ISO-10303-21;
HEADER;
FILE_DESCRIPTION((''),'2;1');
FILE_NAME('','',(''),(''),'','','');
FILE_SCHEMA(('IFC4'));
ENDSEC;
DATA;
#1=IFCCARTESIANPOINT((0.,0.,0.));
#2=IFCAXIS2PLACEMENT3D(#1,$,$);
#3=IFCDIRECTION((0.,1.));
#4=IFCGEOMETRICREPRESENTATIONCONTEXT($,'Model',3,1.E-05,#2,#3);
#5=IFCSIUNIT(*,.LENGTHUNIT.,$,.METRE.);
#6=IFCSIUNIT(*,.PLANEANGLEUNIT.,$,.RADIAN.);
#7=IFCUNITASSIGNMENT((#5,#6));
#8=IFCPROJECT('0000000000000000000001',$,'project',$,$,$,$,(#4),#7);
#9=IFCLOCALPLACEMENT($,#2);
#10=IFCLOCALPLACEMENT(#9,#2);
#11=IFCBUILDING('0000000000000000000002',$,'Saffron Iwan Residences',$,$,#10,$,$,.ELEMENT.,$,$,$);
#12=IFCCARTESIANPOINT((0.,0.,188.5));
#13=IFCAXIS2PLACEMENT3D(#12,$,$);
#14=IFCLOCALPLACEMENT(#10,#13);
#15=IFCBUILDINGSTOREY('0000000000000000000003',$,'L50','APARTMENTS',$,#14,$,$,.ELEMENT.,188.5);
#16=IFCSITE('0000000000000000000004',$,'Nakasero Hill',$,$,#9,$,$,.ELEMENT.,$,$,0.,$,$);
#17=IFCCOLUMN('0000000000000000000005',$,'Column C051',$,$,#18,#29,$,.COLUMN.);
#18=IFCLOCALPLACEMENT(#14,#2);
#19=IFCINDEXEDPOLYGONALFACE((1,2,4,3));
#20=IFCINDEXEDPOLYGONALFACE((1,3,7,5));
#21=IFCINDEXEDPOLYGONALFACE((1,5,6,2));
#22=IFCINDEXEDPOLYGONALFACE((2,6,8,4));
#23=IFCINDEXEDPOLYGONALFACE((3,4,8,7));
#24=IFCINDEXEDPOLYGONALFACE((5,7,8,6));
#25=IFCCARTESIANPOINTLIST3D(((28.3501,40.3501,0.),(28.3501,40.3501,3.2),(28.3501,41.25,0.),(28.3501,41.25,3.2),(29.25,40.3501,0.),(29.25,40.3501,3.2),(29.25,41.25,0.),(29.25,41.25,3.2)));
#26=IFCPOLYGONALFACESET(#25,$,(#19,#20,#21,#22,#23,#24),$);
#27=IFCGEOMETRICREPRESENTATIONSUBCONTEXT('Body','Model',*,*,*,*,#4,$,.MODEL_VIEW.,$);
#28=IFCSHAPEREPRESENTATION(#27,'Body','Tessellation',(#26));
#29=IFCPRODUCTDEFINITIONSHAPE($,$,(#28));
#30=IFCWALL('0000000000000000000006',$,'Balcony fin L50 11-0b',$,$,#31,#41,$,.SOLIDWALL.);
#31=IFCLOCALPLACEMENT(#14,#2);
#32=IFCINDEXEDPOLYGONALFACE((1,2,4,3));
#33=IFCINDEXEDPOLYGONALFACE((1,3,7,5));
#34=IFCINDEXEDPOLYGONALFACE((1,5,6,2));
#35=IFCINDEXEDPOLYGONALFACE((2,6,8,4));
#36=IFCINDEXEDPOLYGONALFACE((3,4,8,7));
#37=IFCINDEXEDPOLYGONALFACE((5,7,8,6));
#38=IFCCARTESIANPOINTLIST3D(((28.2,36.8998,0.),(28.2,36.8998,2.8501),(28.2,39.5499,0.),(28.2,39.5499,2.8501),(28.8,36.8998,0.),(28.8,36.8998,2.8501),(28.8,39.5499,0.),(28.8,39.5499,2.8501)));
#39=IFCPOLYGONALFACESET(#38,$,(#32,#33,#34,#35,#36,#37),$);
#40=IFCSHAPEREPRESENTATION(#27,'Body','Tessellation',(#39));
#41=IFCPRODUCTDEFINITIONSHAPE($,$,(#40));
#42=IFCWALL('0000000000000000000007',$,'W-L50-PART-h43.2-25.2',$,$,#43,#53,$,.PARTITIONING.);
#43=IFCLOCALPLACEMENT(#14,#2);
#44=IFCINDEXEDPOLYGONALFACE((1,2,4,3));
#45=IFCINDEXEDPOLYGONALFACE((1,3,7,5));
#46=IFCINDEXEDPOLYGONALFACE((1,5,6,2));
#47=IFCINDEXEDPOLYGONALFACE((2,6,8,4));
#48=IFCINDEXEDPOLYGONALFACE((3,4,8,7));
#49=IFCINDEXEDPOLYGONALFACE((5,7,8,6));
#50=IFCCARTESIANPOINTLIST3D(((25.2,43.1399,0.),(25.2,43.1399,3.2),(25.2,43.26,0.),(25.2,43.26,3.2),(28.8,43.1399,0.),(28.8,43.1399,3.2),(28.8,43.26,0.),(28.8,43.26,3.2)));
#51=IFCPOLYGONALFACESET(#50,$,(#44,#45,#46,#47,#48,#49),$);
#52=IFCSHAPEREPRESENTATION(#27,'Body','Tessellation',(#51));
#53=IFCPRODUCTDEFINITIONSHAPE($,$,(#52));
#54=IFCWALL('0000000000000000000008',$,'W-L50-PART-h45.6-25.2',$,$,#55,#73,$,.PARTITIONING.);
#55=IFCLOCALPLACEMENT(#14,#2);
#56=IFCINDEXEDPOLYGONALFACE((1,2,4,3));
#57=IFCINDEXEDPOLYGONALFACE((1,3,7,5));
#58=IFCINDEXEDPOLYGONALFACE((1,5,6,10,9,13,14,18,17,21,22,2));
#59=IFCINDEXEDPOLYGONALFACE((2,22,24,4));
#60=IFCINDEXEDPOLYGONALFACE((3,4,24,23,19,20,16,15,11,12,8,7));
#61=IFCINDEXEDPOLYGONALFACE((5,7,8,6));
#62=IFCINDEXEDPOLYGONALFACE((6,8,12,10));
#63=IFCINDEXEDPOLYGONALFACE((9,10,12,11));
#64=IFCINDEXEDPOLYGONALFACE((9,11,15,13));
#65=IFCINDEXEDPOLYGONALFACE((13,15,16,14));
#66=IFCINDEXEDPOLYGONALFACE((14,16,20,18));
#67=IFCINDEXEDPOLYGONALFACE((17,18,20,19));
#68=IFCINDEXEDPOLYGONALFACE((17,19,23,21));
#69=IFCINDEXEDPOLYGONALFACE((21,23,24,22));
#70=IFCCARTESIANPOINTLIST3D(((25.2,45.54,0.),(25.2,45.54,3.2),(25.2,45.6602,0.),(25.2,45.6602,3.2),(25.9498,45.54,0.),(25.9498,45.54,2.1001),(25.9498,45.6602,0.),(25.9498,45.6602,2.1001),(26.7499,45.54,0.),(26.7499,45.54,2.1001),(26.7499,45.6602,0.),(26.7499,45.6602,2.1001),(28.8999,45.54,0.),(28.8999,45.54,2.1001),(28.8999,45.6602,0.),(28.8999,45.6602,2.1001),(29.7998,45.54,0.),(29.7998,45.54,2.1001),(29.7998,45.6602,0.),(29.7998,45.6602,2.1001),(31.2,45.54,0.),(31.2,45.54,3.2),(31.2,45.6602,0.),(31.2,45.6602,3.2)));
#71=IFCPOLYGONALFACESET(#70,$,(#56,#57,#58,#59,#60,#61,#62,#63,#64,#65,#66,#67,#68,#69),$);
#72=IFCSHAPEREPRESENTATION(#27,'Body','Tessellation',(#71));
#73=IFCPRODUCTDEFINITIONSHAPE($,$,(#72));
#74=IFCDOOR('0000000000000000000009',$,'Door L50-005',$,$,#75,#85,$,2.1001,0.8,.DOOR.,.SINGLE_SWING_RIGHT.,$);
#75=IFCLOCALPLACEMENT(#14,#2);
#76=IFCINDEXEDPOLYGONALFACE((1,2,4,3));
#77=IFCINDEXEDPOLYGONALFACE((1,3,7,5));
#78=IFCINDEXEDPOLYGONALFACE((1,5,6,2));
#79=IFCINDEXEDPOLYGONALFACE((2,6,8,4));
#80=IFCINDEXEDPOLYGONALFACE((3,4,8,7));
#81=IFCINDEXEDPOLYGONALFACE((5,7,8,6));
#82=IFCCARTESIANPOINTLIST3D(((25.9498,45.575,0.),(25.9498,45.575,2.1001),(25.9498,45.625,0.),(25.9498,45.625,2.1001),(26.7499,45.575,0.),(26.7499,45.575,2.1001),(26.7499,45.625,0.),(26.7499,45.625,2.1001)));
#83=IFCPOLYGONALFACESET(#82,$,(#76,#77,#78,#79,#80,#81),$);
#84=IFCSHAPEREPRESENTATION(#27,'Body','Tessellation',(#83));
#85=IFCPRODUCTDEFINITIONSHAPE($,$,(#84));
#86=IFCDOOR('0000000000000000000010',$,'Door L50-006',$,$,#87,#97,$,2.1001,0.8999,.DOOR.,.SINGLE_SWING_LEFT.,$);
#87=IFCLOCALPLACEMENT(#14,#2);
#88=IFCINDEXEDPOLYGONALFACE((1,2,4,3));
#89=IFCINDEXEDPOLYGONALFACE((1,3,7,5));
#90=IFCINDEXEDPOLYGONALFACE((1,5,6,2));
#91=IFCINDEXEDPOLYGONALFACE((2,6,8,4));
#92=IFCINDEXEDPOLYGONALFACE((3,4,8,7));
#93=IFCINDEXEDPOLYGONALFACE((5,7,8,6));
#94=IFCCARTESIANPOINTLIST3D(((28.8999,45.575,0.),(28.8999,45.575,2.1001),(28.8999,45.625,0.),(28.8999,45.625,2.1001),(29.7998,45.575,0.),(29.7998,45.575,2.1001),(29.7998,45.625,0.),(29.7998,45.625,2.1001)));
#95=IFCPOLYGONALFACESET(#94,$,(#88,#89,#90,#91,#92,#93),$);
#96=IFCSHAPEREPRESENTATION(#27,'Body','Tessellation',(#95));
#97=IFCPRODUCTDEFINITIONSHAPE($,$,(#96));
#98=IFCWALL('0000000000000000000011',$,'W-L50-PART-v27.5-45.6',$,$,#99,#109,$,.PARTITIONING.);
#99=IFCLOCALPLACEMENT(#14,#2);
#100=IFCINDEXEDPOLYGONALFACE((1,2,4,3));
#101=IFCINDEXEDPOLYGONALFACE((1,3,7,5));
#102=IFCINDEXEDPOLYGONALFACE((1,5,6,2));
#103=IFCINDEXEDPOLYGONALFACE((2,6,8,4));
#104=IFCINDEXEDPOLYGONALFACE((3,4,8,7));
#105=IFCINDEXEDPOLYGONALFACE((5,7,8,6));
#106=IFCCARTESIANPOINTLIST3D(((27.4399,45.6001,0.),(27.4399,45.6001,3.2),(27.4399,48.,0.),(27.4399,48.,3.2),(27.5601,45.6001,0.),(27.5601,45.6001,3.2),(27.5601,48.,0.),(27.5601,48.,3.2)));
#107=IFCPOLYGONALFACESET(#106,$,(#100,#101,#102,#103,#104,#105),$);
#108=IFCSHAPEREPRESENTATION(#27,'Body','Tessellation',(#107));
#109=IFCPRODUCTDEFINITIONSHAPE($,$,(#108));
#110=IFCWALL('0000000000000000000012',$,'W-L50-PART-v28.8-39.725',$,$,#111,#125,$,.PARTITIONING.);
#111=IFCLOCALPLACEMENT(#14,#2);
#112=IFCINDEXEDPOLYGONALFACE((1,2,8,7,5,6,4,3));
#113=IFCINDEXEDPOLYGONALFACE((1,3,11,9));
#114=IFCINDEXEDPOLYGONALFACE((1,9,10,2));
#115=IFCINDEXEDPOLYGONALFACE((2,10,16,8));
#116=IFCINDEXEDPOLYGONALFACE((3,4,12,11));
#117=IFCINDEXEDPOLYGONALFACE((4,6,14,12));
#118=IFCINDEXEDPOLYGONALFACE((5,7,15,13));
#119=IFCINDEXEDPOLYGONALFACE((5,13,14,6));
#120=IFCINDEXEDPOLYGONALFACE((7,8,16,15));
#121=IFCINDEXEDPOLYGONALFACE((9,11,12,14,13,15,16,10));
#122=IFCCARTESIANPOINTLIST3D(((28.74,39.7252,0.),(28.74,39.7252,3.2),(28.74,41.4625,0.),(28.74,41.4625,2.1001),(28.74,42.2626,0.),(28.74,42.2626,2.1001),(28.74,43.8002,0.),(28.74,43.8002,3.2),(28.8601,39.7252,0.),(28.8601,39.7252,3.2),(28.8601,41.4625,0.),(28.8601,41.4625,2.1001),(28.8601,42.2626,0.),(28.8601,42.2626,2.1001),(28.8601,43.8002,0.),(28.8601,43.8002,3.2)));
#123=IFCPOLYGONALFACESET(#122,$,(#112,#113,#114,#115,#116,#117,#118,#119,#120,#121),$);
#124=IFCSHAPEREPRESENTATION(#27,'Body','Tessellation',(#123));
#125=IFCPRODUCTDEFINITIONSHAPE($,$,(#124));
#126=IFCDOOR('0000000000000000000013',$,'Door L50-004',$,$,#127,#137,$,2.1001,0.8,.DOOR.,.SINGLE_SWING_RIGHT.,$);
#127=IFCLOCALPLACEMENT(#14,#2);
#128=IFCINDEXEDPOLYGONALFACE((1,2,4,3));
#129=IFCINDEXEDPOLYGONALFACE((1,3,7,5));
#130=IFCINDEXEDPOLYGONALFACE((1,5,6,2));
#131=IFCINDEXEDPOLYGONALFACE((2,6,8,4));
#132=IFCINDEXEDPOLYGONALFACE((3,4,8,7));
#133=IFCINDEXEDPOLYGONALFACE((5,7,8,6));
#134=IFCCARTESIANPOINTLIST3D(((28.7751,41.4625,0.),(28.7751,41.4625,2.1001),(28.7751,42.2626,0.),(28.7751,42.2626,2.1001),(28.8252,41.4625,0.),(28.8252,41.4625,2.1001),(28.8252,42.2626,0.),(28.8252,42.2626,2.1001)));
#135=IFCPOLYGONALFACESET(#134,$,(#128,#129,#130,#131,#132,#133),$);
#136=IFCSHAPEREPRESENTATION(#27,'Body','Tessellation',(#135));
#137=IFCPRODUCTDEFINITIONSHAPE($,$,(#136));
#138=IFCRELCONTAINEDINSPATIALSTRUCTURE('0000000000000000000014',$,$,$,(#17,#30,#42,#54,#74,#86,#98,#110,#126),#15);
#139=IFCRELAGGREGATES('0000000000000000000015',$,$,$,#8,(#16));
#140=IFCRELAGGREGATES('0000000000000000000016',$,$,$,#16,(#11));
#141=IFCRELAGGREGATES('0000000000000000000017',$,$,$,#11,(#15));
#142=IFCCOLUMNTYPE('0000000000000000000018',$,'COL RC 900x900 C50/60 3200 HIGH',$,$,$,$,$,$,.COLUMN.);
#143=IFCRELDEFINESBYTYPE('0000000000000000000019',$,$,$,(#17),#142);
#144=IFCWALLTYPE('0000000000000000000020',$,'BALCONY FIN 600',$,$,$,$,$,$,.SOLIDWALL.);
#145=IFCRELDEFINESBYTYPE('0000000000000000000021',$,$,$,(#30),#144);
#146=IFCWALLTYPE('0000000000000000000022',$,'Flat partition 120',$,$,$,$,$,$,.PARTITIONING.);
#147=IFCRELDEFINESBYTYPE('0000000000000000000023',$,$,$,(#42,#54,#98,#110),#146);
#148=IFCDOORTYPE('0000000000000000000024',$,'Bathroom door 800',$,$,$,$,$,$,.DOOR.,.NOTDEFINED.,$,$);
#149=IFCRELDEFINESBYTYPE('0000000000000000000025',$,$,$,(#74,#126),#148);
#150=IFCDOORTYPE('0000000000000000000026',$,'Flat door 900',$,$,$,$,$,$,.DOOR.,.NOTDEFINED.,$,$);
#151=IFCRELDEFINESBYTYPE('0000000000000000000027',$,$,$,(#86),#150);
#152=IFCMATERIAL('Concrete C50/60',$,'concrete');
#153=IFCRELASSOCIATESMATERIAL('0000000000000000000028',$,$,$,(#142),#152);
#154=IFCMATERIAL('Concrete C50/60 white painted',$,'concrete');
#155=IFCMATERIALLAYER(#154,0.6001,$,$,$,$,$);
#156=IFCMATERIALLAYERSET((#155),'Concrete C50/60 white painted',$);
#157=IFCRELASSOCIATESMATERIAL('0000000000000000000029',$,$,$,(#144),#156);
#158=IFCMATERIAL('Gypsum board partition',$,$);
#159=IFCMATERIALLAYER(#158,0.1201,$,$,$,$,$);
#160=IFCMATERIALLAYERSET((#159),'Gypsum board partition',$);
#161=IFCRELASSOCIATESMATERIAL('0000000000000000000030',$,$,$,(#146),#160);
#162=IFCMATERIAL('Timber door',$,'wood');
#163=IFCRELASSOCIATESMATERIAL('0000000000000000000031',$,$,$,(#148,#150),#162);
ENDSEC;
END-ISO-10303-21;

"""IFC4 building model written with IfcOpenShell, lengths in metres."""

from ifc_helpers import new_model, si_unit, direction, frame, frame_2d, origin, origin_2d, place, context, subcontext, project, spatial, rectangle, extrude, source, transform, mapped, material, layer, layer_set, material_profile, profile_set, type_object, element, fill, save


model = new_model("IFC4")

# Units and contexts
model_context = context("Model", 3, precision=1e-05, world=origin(), true_north=direction((0.0, 1.0)))
body_context = subcontext(model_context, "Body", "Model", "MODEL_VIEW")
ifc_project = project(units=[si_unit("LENGTHUNIT", "METRE"), si_unit("PLANEANGLEUNIT", "RADIAN")], contexts=[model_context])

# Site, building, storey
site_placement = place(None, origin())
site = spatial("IfcSite", under=ifc_project, at=site_placement, Name="Nakasero Hill", CompositionType="ELEMENT", RefElevation=0.0)
building_placement = place(site_placement, origin())
building = spatial("IfcBuilding", under=site, at=building_placement, Name="Saffron Iwan Residences", CompositionType="ELEMENT")
storey_placement = place(building_placement, frame((0.0, 0.0, 188.5)))
storey = spatial("IfcBuildingStorey", under=building, at=storey_placement, Name="L50", Description="APARTMENTS", CompositionType="ELEMENT", Elevation=188.5)

# Column
ifc_material_1 = material(Name="Concrete C50/60", Category="concrete")
ifc_material_profile = material_profile(ifc_material_1, rectangle(XDim=0.8999, YDim=0.8999, at=origin_2d()), Name="RC 900x900")
ifc_profile_set = profile_set([ifc_material_profile], Name="Concrete C50/60")
column_type = type_object("IfcColumnType", Name="COL RC 900x900 C50/60 3200 HIGH", PredefinedType="COLUMN", material=ifc_profile_set)
shared_shape = source(origin(), body_context, "Body", "SweptSolid", [
    extrude(rectangle(XDim=0.8999, YDim=0.8999, at=origin_2d()), origin(), (0.0, 0.0, 1.0), 3.2),
])
column_placement = place(storey_placement, frame((28.8, 40.8, 0.0), z_axis=(0.0, 0.0, 1.0), x_axis=(1.0, 0.0, 0.0)))
element("IfcColumn", 1, at=column_placement, inside=storey, type_object=column_type, Name="Column C051", PredefinedType="COLUMN", context=body_context, shape_type="MappedRepresentation", body=[
    mapped(shared_shape, transform((0.0, 0.0, 0.0))),
])

# Walls
ifc_material_2 = material(Name="Concrete C50/60 white painted", Category="concrete")
ifc_layer_1 = layer(ifc_material_2, 0.6001)
ifc_layer_set_1 = layer_set([ifc_layer_1], Name="Concrete C50/60 white painted")
wall_type_1 = type_object("IfcWallType", Name="BALCONY FIN 600", PredefinedType="SOLIDWALL", material=ifc_layer_set_1)
wall_1_placement = place(storey_placement, frame((28.5, 39.55, 0.0), z_axis=(0.0, 0.0, 1.0), x_axis=(0.0, -1.0, 0.0)))
element("IfcWall", 2, at=wall_1_placement, inside=storey, type_object=wall_type_1, Name="Balcony fin L50 11-0b", PredefinedType="SOLIDWALL", context=body_context, shape_type="SweptSolid", body=[
    extrude(rectangle(XDim=2.6501, YDim=0.6001, at=frame_2d((1.3252, 0.0))), origin(), (0.0, 0.0, 1.0), 2.8501),
])
ifc_material_3 = material(Name="Gypsum board partition")
ifc_layer_2 = layer(ifc_material_3, 0.1201)
ifc_layer_set_2 = layer_set([ifc_layer_2], Name="Gypsum board partition")
wall_type_2 = type_object("IfcWallType", Name="Flat partition 120", PredefinedType="PARTITIONING", material=ifc_layer_set_2)
wall_2_placement = place(storey_placement, frame((25.2, 43.2, 0.0), z_axis=(0.0, 0.0, 1.0), x_axis=(1.0, 0.0, 0.0)))
element("IfcWall", 3, at=wall_2_placement, inside=storey, type_object=wall_type_2, Name="W-L50-PART-h43.2-25.2", PredefinedType="PARTITIONING", context=body_context, shape_type="SweptSolid", body=[
    extrude(rectangle(XDim=3.6001, YDim=0.1201, at=frame_2d((1.8, 0.0))), origin(), (0.0, 0.0, 1.0), 3.2),
])

# Wall, openings, doors
wall_3_placement = place(storey_placement, frame((25.2, 45.6001, 0.0), z_axis=(0.0, 0.0, 1.0), x_axis=(1.0, 0.0, 0.0)))
wall_3 = element("IfcWall", 4, at=wall_3_placement, inside=storey, type_object=wall_type_2, Name="W-L50-PART-h45.6-25.2", PredefinedType="PARTITIONING", context=body_context, shape_type="SweptSolid", body=[
    extrude(rectangle(XDim=6.0, YDim=0.1201, at=frame_2d((3.0, 0.0))), origin(), (0.0, 0.0, 1.0), 3.2),
])
opening_1_placement = place(wall_3_placement, frame((0.75, 0.0, 0.0)))
opening_1 = element("IfcOpeningElement", 5, at=opening_1_placement, cuts=wall_3, PredefinedType="OPENING", context=body_context, shape_type="SweptSolid", body=[
    extrude(rectangle(XDim=0.8, YDim=2.1001, at=frame_2d((0.3999, 1.05))), frame((0.0, 0.0701, 0.0), z_axis=(0.0, -1.0, 0.0), x_axis=(1.0, 0.0, 0.0)), (0.0, 0.0, 1.0), 0.1401),
])
opening_2_placement = place(wall_3_placement, frame((3.7, 0.0, 0.0)))
opening_2 = element("IfcOpeningElement", 6, at=opening_2_placement, cuts=wall_3, PredefinedType="OPENING", context=body_context, shape_type="SweptSolid", body=[
    extrude(rectangle(XDim=0.8999, YDim=2.1001, at=frame_2d((0.45, 1.05))), frame((0.0, 0.0701, 0.0), z_axis=(0.0, -1.0, 0.0), x_axis=(1.0, 0.0, 0.0)), (0.0, 0.0, 1.0), 0.1401),
])
ifc_material_4 = material(Name="Timber door", Category="wood")
door_type_1 = type_object("IfcDoorType", Name="Bathroom door 800", OperationType="NOTDEFINED", PredefinedType="DOOR", material=ifc_material_4)
door_1_placement = place(opening_1_placement, origin())
door_1 = element("IfcDoor", 7, at=door_1_placement, inside=storey, type_object=door_type_1, Name="Door L50-005", OperationType="SINGLE_SWING_RIGHT", OverallHeight=2.1001, OverallWidth=0.8, PredefinedType="DOOR", context=body_context, shape_type="SweptSolid", body=[
    extrude(rectangle(XDim=0.8, YDim=2.1001, at=frame_2d((0.3999, 1.05))), frame((0.0, 0.0249, 0.0), z_axis=(0.0, -1.0, 0.0), x_axis=(1.0, 0.0, 0.0)), (0.0, 0.0, 1.0), 0.05),
])
fill(opening_1, door_1)
door_type_2 = type_object("IfcDoorType", Name="Flat door 900", OperationType="NOTDEFINED", PredefinedType="DOOR", material=ifc_material_4)
door_2_placement = place(opening_2_placement, origin())
door_2 = element("IfcDoor", 8, at=door_2_placement, inside=storey, type_object=door_type_2, Name="Door L50-006", OperationType="SINGLE_SWING_LEFT", OverallHeight=2.1001, OverallWidth=0.8999, PredefinedType="DOOR", context=body_context, shape_type="SweptSolid", body=[
    extrude(rectangle(XDim=0.8999, YDim=2.1001, at=frame_2d((0.45, 1.05))), frame((0.0, 0.0249, 0.0), z_axis=(0.0, -1.0, 0.0), x_axis=(1.0, 0.0, 0.0)), (0.0, 0.0, 1.0), 0.05),
])
fill(opening_2, door_2)

# Wall
wall_4_placement = place(storey_placement, frame((27.5, 45.6001, 0.0), z_axis=(0.0, 0.0, 1.0), x_axis=(0.0, 1.0, 0.0)))
element("IfcWall", 9, at=wall_4_placement, inside=storey, type_object=wall_type_2, Name="W-L50-PART-v27.5-45.6", PredefinedType="PARTITIONING", context=body_context, shape_type="SweptSolid", body=[
    extrude(rectangle(XDim=2.3999, YDim=0.1201, at=frame_2d((1.2, 0.0))), origin(), (0.0, 0.0, 1.0), 3.2),
])

# Wall, opening, door
wall_5_placement = place(storey_placement, frame((28.8, 39.7251, 0.0), z_axis=(0.0, 0.0, 1.0), x_axis=(0.0, 1.0, 0.0)))
wall_5 = element("IfcWall", 10, at=wall_5_placement, inside=storey, type_object=wall_type_2, Name="W-L50-PART-v28.8-39.725", PredefinedType="PARTITIONING", context=body_context, shape_type="SweptSolid", body=[
    extrude(rectangle(XDim=4.075, YDim=0.1201, at=frame_2d((2.0376, 0.0))), origin(), (0.0, 0.0, 1.0), 3.2),
])
opening_3_placement = place(wall_5_placement, frame((1.7375, 0.0, 0.0)))
opening_3 = element("IfcOpeningElement", 11, at=opening_3_placement, cuts=wall_5, PredefinedType="OPENING", context=body_context, shape_type="SweptSolid", body=[
    extrude(rectangle(XDim=0.8, YDim=2.1001, at=frame_2d((0.3999, 1.05))), frame((0.0, 0.0701, 0.0), z_axis=(0.0, -1.0, 0.0), x_axis=(1.0, 0.0, 0.0)), (0.0, 0.0, 1.0), 0.1401),
])
door_3_placement = place(opening_3_placement, origin())
door_3 = element("IfcDoor", 12, at=door_3_placement, inside=storey, type_object=door_type_1, Name="Door L50-004", OperationType="SINGLE_SWING_RIGHT", OverallHeight=2.1001, OverallWidth=0.8, PredefinedType="DOOR", context=body_context, shape_type="SweptSolid", body=[
    extrude(rectangle(XDim=0.8, YDim=2.1001, at=frame_2d((0.3999, 1.05))), frame((0.0, 0.0249, 0.0), z_axis=(0.0, -1.0, 0.0), x_axis=(1.0, 0.0, 0.0)), (0.0, 0.0, 1.0), 0.05),
])
fill(opening_3, door_3)

save(model, "model.ifc")
